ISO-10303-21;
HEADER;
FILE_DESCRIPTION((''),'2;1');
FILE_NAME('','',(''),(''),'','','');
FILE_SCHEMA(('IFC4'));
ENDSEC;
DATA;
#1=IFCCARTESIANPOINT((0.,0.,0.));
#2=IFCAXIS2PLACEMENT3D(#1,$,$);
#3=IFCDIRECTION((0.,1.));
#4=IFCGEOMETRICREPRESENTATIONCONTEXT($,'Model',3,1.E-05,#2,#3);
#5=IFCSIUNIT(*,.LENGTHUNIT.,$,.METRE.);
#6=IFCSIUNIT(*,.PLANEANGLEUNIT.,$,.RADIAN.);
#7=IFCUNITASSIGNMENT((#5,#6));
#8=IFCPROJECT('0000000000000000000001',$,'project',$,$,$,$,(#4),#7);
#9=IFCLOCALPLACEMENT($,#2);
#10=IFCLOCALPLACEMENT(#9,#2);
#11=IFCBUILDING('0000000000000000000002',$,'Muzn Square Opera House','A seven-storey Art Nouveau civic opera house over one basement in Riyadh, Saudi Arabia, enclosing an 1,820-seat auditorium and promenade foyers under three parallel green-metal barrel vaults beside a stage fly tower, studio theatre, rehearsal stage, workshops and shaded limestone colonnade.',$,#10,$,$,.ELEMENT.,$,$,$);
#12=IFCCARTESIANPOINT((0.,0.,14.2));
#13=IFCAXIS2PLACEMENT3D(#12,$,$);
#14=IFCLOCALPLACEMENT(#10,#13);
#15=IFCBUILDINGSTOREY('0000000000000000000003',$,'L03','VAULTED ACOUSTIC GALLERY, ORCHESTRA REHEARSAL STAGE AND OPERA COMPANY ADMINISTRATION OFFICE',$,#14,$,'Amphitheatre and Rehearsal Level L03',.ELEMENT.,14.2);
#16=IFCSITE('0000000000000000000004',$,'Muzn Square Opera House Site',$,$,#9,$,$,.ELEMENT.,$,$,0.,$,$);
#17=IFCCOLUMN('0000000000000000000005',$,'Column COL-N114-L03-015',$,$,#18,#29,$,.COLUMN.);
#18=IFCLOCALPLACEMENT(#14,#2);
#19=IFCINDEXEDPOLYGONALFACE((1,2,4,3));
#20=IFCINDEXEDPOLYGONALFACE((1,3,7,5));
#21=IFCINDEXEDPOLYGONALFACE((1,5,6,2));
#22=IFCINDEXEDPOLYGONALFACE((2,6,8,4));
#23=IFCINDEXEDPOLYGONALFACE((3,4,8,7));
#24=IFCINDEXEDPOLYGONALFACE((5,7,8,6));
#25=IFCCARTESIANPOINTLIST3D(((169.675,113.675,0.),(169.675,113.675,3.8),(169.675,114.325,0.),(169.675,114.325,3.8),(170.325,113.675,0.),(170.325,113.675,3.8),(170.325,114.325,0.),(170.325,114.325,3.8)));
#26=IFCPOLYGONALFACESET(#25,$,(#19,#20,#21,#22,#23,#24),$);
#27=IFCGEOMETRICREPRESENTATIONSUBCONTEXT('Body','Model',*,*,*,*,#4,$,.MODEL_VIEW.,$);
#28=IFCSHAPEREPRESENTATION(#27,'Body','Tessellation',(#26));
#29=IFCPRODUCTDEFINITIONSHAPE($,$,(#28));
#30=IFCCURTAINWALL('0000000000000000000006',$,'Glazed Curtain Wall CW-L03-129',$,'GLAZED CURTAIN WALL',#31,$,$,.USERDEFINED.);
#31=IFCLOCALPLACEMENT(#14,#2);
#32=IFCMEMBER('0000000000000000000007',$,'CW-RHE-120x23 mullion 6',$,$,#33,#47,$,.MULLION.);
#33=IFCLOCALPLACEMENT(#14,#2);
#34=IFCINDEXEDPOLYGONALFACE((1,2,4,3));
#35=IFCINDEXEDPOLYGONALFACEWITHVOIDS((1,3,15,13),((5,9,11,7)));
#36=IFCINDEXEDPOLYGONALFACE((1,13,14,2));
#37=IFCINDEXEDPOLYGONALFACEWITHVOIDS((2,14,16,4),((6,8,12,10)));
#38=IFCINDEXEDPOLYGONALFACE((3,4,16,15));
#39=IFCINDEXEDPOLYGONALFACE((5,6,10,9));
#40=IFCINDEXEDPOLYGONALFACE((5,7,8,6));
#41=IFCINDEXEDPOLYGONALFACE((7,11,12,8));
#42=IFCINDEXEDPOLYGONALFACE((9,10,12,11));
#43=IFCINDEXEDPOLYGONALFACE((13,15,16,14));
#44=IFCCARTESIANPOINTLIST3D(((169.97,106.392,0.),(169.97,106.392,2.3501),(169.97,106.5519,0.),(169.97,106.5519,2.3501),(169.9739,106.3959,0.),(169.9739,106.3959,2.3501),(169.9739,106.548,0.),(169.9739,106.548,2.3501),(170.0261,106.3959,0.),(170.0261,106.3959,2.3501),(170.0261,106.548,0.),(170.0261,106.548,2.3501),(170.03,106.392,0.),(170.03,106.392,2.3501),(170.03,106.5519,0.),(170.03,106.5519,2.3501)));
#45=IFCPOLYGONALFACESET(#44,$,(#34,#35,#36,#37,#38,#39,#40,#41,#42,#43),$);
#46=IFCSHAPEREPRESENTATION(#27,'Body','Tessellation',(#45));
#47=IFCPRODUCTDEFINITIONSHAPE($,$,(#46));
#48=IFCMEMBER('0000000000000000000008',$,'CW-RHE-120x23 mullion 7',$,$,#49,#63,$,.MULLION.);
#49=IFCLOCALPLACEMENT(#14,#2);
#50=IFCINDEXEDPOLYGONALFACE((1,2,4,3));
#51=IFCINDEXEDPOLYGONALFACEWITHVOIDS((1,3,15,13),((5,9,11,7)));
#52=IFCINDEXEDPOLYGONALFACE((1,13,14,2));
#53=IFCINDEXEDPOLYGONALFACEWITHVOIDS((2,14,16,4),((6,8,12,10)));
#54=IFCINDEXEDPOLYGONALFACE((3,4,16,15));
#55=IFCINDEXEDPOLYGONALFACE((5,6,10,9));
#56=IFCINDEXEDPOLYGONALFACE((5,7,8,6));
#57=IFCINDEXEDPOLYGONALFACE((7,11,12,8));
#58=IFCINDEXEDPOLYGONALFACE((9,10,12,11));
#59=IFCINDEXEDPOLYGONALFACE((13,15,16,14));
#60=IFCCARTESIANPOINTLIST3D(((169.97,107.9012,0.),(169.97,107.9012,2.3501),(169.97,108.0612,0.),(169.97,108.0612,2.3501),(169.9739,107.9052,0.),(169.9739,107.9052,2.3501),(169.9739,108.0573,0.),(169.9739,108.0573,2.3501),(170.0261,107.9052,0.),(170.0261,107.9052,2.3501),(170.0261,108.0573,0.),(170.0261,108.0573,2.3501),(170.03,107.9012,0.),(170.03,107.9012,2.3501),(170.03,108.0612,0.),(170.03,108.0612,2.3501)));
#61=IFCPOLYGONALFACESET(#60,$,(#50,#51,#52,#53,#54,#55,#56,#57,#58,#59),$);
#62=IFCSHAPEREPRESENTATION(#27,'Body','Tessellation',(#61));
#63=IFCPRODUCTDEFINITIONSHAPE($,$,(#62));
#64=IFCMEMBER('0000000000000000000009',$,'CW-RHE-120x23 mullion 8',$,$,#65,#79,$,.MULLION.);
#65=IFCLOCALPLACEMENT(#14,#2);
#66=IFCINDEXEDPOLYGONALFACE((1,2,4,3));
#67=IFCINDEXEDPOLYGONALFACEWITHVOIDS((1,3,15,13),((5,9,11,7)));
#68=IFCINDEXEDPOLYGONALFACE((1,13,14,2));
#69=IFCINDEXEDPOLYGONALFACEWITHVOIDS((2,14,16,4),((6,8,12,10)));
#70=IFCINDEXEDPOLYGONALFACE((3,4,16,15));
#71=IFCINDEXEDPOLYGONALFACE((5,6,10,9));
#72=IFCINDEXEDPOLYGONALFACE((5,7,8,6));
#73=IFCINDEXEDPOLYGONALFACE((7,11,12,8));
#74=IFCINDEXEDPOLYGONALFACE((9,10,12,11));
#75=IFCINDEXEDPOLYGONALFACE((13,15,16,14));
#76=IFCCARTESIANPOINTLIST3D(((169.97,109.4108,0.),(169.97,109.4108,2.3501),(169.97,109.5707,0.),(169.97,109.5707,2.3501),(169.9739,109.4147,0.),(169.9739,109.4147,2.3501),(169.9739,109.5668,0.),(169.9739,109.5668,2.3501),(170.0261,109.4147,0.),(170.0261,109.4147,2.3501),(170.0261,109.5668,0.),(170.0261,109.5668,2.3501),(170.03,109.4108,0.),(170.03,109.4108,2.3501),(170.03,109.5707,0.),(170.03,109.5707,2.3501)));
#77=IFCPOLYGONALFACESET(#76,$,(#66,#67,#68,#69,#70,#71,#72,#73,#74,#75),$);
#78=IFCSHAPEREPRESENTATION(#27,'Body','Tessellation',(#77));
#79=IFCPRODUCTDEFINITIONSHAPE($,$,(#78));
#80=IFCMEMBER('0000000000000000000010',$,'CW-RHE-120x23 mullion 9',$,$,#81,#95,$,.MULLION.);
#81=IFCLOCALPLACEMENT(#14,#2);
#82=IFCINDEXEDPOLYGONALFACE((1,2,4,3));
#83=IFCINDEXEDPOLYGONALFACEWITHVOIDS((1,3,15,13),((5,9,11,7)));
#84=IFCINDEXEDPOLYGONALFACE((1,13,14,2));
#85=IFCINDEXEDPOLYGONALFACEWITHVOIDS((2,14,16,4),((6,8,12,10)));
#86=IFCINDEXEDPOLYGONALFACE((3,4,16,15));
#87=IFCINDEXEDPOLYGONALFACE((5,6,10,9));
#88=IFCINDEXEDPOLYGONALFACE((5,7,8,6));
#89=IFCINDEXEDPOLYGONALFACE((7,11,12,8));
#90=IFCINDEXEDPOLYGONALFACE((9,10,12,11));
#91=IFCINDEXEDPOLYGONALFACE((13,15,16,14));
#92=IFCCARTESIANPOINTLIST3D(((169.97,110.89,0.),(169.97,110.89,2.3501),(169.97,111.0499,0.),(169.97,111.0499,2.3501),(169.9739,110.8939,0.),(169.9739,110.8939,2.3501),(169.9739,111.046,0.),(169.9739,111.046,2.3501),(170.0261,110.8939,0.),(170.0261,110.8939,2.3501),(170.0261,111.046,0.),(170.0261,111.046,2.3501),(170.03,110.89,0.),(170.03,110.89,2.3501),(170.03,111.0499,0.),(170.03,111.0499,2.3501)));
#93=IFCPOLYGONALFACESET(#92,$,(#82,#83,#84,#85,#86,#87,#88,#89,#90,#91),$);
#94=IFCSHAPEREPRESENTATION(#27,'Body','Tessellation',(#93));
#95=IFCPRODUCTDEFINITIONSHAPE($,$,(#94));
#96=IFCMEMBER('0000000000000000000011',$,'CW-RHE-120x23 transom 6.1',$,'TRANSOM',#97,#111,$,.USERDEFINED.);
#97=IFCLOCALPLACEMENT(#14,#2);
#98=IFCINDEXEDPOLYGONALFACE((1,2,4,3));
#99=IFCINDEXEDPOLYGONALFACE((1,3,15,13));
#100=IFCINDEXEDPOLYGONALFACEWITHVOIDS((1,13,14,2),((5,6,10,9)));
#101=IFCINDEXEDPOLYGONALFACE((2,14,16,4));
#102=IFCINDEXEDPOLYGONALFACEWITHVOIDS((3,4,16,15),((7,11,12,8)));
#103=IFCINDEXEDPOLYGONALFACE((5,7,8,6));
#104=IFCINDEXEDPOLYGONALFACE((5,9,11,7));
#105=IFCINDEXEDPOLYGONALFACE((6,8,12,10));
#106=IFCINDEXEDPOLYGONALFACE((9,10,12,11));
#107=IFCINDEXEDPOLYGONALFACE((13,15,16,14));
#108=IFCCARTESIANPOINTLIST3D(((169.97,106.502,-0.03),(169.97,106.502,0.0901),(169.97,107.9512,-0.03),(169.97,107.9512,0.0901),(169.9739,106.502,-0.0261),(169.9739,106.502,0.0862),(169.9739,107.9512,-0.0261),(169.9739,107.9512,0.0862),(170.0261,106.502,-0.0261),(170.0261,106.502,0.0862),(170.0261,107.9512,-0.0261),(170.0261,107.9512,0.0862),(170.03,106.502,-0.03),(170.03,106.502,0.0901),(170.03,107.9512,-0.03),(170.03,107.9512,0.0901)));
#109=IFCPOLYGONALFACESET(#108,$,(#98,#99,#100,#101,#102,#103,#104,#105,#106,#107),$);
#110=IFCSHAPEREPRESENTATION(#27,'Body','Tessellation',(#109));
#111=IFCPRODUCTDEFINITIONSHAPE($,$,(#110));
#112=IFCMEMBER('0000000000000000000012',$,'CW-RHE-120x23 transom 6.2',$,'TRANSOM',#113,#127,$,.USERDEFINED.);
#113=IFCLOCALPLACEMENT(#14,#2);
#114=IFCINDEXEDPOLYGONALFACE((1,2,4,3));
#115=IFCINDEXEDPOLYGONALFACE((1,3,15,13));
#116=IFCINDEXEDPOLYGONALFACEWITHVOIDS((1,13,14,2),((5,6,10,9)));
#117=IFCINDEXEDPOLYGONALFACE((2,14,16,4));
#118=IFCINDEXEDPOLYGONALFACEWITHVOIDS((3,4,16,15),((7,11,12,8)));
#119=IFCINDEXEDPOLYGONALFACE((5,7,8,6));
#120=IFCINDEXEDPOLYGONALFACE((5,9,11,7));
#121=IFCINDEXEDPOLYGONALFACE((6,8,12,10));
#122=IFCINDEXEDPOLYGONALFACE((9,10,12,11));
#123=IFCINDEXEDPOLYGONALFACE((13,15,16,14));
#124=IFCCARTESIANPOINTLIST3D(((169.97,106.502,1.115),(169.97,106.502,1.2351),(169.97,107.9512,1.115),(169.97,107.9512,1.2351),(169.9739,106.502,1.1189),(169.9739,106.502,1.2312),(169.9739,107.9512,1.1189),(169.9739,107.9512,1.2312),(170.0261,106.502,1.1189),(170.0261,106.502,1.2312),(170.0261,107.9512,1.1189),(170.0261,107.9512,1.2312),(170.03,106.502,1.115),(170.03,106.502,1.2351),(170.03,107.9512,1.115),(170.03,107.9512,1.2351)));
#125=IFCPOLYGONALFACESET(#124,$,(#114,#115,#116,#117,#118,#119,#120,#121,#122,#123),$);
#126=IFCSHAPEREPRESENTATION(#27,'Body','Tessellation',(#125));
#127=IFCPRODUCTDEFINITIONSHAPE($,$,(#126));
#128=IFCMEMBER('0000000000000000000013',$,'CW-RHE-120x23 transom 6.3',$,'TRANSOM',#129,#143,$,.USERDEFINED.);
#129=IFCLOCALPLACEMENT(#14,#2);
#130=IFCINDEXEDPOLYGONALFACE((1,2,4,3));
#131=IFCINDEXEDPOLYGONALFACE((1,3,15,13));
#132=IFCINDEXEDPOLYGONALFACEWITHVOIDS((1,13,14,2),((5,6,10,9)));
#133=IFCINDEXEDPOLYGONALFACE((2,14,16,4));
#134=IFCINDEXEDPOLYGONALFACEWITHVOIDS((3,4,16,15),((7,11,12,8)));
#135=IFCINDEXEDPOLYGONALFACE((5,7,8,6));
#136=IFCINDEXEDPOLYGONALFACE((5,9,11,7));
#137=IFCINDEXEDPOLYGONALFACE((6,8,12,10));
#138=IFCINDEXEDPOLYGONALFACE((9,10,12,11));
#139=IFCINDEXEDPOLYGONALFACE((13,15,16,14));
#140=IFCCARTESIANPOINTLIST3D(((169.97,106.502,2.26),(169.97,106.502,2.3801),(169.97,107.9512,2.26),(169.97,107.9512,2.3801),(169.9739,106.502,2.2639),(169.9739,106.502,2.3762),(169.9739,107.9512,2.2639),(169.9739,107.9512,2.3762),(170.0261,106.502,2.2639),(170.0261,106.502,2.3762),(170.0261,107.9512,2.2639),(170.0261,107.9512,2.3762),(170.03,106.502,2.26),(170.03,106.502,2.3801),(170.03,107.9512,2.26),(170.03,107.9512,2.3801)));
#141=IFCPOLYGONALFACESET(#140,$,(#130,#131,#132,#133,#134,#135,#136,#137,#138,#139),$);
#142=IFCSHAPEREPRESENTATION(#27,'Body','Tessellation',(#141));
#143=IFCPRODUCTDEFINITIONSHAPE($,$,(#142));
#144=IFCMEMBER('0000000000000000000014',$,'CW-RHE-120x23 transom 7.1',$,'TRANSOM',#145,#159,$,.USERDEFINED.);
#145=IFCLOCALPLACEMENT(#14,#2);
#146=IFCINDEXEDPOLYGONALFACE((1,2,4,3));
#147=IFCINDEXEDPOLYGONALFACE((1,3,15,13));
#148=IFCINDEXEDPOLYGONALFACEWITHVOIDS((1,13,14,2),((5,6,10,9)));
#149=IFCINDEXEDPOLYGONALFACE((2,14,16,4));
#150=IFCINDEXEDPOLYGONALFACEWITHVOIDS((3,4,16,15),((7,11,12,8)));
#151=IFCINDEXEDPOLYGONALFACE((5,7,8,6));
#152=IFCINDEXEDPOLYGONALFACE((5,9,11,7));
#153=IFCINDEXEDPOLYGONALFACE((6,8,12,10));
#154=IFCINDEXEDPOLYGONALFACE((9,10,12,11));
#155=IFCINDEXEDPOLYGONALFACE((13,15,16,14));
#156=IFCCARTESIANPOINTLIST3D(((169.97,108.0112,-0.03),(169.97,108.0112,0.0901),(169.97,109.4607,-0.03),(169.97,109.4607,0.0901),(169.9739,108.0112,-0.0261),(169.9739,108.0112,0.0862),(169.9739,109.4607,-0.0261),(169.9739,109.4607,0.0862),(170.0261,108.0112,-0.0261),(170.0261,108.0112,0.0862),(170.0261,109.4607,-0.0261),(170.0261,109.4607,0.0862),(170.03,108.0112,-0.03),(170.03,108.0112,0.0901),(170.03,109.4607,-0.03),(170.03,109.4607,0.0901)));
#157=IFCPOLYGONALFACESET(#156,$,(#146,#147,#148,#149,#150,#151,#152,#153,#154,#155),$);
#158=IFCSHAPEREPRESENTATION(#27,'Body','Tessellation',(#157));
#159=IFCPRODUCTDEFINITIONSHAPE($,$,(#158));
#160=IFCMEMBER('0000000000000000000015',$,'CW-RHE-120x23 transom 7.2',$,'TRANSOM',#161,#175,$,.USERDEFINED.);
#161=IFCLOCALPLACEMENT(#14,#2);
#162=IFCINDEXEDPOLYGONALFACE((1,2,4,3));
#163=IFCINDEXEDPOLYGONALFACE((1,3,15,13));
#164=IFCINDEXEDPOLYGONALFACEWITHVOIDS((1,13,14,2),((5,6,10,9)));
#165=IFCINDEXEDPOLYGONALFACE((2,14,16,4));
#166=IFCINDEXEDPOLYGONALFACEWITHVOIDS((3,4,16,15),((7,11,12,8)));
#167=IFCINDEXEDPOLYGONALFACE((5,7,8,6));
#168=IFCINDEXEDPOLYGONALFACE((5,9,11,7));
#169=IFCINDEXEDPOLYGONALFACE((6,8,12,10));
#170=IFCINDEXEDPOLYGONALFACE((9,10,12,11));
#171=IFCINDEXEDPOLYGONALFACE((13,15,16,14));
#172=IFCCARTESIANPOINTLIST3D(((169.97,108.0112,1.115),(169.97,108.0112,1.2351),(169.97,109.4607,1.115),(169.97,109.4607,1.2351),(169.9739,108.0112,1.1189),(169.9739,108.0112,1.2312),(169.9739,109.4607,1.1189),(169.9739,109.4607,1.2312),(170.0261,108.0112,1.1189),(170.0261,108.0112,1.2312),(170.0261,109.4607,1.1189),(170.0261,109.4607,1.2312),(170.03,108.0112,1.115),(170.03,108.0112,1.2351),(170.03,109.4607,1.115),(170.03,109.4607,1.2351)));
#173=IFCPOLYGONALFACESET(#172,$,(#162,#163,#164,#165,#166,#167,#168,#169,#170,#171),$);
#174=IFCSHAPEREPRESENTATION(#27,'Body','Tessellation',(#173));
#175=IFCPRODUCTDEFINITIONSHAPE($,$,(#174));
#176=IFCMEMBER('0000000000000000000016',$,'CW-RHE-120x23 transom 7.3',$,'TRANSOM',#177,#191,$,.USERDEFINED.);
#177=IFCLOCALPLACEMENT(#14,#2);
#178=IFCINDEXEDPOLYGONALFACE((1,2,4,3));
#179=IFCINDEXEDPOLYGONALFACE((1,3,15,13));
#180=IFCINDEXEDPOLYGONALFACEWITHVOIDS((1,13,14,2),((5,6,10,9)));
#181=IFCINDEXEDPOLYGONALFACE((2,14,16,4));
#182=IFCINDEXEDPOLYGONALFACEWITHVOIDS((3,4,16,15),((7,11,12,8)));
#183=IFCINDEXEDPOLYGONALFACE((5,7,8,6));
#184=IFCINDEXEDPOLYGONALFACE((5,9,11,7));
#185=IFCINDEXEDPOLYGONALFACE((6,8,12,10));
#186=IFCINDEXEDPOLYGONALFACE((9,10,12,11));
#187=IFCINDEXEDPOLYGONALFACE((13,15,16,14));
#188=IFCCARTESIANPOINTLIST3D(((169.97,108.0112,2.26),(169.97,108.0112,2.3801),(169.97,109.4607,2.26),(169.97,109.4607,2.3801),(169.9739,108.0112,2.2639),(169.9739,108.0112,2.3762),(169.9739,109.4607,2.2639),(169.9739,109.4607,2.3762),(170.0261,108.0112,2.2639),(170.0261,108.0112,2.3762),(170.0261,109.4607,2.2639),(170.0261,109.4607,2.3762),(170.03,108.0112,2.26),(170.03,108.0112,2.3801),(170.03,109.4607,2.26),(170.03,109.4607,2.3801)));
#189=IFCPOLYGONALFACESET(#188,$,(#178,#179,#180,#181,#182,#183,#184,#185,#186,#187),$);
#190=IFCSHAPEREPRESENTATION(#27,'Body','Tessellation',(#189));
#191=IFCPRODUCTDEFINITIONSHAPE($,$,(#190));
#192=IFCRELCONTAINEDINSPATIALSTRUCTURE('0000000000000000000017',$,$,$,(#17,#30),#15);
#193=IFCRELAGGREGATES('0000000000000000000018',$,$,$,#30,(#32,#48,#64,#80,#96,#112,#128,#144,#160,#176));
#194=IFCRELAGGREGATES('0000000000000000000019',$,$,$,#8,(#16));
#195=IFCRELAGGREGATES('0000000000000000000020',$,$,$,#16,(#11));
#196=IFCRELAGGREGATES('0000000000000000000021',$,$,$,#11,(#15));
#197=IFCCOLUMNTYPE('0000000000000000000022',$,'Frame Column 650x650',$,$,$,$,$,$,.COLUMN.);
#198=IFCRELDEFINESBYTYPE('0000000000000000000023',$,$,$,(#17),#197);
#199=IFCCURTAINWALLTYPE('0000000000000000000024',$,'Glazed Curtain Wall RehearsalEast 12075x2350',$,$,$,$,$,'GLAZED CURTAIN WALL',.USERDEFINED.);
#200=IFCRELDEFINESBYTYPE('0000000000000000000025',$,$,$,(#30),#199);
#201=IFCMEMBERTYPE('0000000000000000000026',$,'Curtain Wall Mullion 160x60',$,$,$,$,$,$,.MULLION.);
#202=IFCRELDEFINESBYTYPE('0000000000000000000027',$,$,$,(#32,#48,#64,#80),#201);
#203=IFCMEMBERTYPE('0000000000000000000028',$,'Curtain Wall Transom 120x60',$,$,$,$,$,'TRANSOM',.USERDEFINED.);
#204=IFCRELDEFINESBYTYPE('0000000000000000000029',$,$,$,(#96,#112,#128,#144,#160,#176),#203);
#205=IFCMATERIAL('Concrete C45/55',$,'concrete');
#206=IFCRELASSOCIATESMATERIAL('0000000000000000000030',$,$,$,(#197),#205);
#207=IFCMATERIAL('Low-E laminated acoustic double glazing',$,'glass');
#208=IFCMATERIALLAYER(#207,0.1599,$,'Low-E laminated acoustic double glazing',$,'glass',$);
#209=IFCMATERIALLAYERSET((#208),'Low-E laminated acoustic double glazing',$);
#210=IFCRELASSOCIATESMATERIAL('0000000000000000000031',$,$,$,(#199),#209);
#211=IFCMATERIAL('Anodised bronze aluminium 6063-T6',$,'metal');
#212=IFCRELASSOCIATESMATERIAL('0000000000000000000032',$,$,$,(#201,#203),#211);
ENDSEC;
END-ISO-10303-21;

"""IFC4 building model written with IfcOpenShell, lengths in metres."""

from ifc_helpers import new_model, si_unit, direction, frame, origin, origin_2d, place, context, subcontext, project, spatial, rectangle, hollow_rectangle, extrude, material, layer, layer_set, material_profile, profile_set, type_object, element, aggregate, save


model = new_model("IFC4")

# Units and contexts
model_context = context("Model", 3, precision=1e-05, world=origin(), true_north=direction((0.0, 1.0)))
body_context = subcontext(model_context, "Body", "Model", "MODEL_VIEW")
ifc_project = project(units=[si_unit("LENGTHUNIT", "METRE"), si_unit("PLANEANGLEUNIT", "RADIAN")], contexts=[model_context])

# Site, building, storey
site_placement = place(None, origin())
site = spatial("IfcSite", under=ifc_project, at=site_placement, Name="Muzn Square Opera House Site", CompositionType="ELEMENT", RefElevation=0.0)
building_placement = place(site_placement, origin())
building = spatial("IfcBuilding", under=site, at=building_placement, Name="Muzn Square Opera House", Description="A seven-storey Art Nouveau civic opera house over one basement in Riyadh, Saudi Arabia, enclosing an 1,820-seat auditorium and promenade foyers under three parallel green-metal barrel vaults beside a stage fly tower, studio theatre, rehearsal stage, workshops and shaded limestone colonnade.", CompositionType="ELEMENT")
storey_placement = place(building_placement, frame((0.0, 0.0, 14.2)))
storey = spatial("IfcBuildingStorey", under=building, at=storey_placement, Name="L03", Description="VAULTED ACOUSTIC GALLERY, ORCHESTRA REHEARSAL STAGE AND OPERA COMPANY ADMINISTRATION OFFICE", LongName="Amphitheatre and Rehearsal Level L03", CompositionType="ELEMENT", Elevation=14.2)

# Column
ifc_material_1 = material(Name="Concrete C45/55", Category="concrete")
ifc_material_profile_1 = material_profile(ifc_material_1, rectangle(XDim=0.6499, YDim=0.6499, at=origin_2d()), Name="RC 650x650", Category="concrete")
ifc_profile_set_1 = profile_set([ifc_material_profile_1], Name="Concrete C45/55")
column_type = type_object("IfcColumnType", Name="Frame Column 650x650", PredefinedType="COLUMN", material=ifc_profile_set_1)
column_placement = place(storey_placement, frame((170.0, 114.0, 0.0), z_axis=(0.0, 0.0, 1.0), x_axis=(1.0, 0.0, 0.0)))
element("IfcColumn", 1, at=column_placement, inside=storey, type_object=column_type, Name="Column COL-N114-L03-015", PredefinedType="COLUMN", context=body_context, shape_type="SweptSolid", body=[
    extrude(rectangle(XDim=0.6499, YDim=0.6499, at=origin_2d()), origin(), (0.0, 0.0, 1.0), 3.8),
])

# Curtain wall, members
ifc_material_2 = material(Name="Low-E laminated acoustic double glazing", Category="glass")
ifc_layer_1 = layer(ifc_material_2, 0.1599, Name="Low-E laminated acoustic double glazing", Category="glass")
ifc_layer_set_1 = layer_set([ifc_layer_1], Name="Low-E laminated acoustic double glazing")
curtain_wall_type = type_object("IfcCurtainWallType", Name="Glazed Curtain Wall RehearsalEast 12075x2350", ElementType="GLAZED CURTAIN WALL", PredefinedType="USERDEFINED", material=ifc_layer_set_1)
curtain_wall_placement = place(storey_placement, origin())
curtain_wall = element("IfcCurtainWall", 2, at=curtain_wall_placement, inside=storey, type_object=curtain_wall_type, Name="Glazed Curtain Wall CW-L03-129", ObjectType="GLAZED CURTAIN WALL", PredefinedType="USERDEFINED")
ifc_material_3 = material(Name="Anodised bronze aluminium 6063-T6", Category="metal")
ifc_material_profile_2 = material_profile(ifc_material_3, hollow_rectangle(XDim=0.0601, YDim=0.1599, WallThickness=0.0039, at=origin_2d()), Name="ALU 160x60x4", Category="metal")
ifc_profile_set_2 = profile_set([ifc_material_profile_2], Name="Anodised bronze aluminium 6063-T6")
member_type_1 = type_object("IfcMemberType", Name="Curtain Wall Mullion 160x60", PredefinedType="MULLION", material=ifc_profile_set_2)
member_1_placement = place(storey_placement, frame((170.0, 106.4719, 0.0), z_axis=(0.0, 0.0, 1.0), x_axis=(-1.0, 0.0, 0.0)))
member_1 = element("IfcMember", 3, at=member_1_placement, type_object=member_type_1, Name="CW-RHE-120x23 mullion 6", PredefinedType="MULLION", context=body_context, shape_type="SweptSolid", body=[
    extrude(hollow_rectangle(XDim=0.0601, YDim=0.1599, WallThickness=0.0039, at=origin_2d()), origin(), (0.0, 0.0, 1.0), 2.3501),
])
member_2_placement = place(storey_placement, frame((170.0, 107.9812, 0.0), z_axis=(0.0, 0.0, 1.0), x_axis=(-1.0, 0.0, 0.0)))
member_2 = element("IfcMember", 4, at=member_2_placement, type_object=member_type_1, Name="CW-RHE-120x23 mullion 7", PredefinedType="MULLION", context=body_context, shape_type="SweptSolid", body=[
    extrude(hollow_rectangle(XDim=0.0601, YDim=0.1599, WallThickness=0.0039, at=origin_2d()), origin(), (0.0, 0.0, 1.0), 2.3501),
])
member_3_placement = place(storey_placement, frame((170.0, 109.4907, 0.0), z_axis=(0.0, 0.0, 1.0), x_axis=(-1.0, 0.0, 0.0)))
member_3 = element("IfcMember", 5, at=member_3_placement, type_object=member_type_1, Name="CW-RHE-120x23 mullion 8", PredefinedType="MULLION", context=body_context, shape_type="SweptSolid", body=[
    extrude(hollow_rectangle(XDim=0.0601, YDim=0.1599, WallThickness=0.0039, at=origin_2d()), origin(), (0.0, 0.0, 1.0), 2.3501),
])
member_4_placement = place(storey_placement, frame((170.0, 110.97, 0.0), z_axis=(0.0, 0.0, 1.0), x_axis=(-1.0, 0.0, 0.0)))
member_4 = element("IfcMember", 6, at=member_4_placement, type_object=member_type_1, Name="CW-RHE-120x23 mullion 9", PredefinedType="MULLION", context=body_context, shape_type="SweptSolid", body=[
    extrude(hollow_rectangle(XDim=0.0601, YDim=0.1599, WallThickness=0.0039, at=origin_2d()), origin(), (0.0, 0.0, 1.0), 2.3501),
])
ifc_material_profile_3 = material_profile(ifc_material_3, hollow_rectangle(XDim=0.0601, YDim=0.1201, WallThickness=0.0039, at=origin_2d()), Name="ALU 120x60x4", Category="metal")
ifc_profile_set_3 = profile_set([ifc_material_profile_3], Name="Anodised bronze aluminium 6063-T6")
member_type_2 = type_object("IfcMemberType", Name="Curtain Wall Transom 120x60", ElementType="TRANSOM", PredefinedType="USERDEFINED", material=ifc_profile_set_3)
member_5_placement = place(storey_placement, frame((170.0, 106.502, 0.03), z_axis=(0.0, 1.0, 0.0), x_axis=(-1.0, 0.0, 0.0)))
member_5 = element("IfcMember", 7, at=member_5_placement, type_object=member_type_2, Name="CW-RHE-120x23 transom 6.1", ObjectType="TRANSOM", PredefinedType="USERDEFINED", context=body_context, shape_type="SweptSolid", body=[
    extrude(hollow_rectangle(XDim=0.0601, YDim=0.1201, WallThickness=0.0039, at=origin_2d()), origin(), (0.0, 0.0, 1.0), 1.4492),
])
member_6_placement = place(storey_placement, frame((170.0, 106.502, 1.175), z_axis=(0.0, 1.0, 0.0), x_axis=(-1.0, 0.0, 0.0)))
member_6 = element("IfcMember", 8, at=member_6_placement, type_object=member_type_2, Name="CW-RHE-120x23 transom 6.2", ObjectType="TRANSOM", PredefinedType="USERDEFINED", context=body_context, shape_type="SweptSolid", body=[
    extrude(hollow_rectangle(XDim=0.0601, YDim=0.1201, WallThickness=0.0039, at=origin_2d()), origin(), (0.0, 0.0, 1.0), 1.4492),
])
member_7_placement = place(storey_placement, frame((170.0, 106.502, 2.3201), z_axis=(0.0, 1.0, 0.0), x_axis=(-1.0, 0.0, 0.0)))
member_7 = element("IfcMember", 9, at=member_7_placement, type_object=member_type_2, Name="CW-RHE-120x23 transom 6.3", ObjectType="TRANSOM", PredefinedType="USERDEFINED", context=body_context, shape_type="SweptSolid", body=[
    extrude(hollow_rectangle(XDim=0.0601, YDim=0.1201, WallThickness=0.0039, at=origin_2d()), origin(), (0.0, 0.0, 1.0), 1.4492),
])
member_8_placement = place(storey_placement, frame((170.0, 108.0112, 0.03), z_axis=(0.0, 1.0, 0.0), x_axis=(-1.0, 0.0, 0.0)))
member_8 = element("IfcMember", 10, at=member_8_placement, type_object=member_type_2, Name="CW-RHE-120x23 transom 7.1", ObjectType="TRANSOM", PredefinedType="USERDEFINED", context=body_context, shape_type="SweptSolid", body=[
    extrude(hollow_rectangle(XDim=0.0601, YDim=0.1201, WallThickness=0.0039, at=origin_2d()), origin(), (0.0, 0.0, 1.0), 1.4495),
])
member_9_placement = place(storey_placement, frame((170.0, 108.0112, 1.175), z_axis=(0.0, 1.0, 0.0), x_axis=(-1.0, 0.0, 0.0)))
member_9 = element("IfcMember", 11, at=member_9_placement, type_object=member_type_2, Name="CW-RHE-120x23 transom 7.2", ObjectType="TRANSOM", PredefinedType="USERDEFINED", context=body_context, shape_type="SweptSolid", body=[
    extrude(hollow_rectangle(XDim=0.0601, YDim=0.1201, WallThickness=0.0039, at=origin_2d()), origin(), (0.0, 0.0, 1.0), 1.4495),
])
member_10_placement = place(storey_placement, frame((170.0, 108.0112, 2.3201), z_axis=(0.0, 1.0, 0.0), x_axis=(-1.0, 0.0, 0.0)))
member_10 = element("IfcMember", 12, at=member_10_placement, type_object=member_type_2, Name="CW-RHE-120x23 transom 7.3", ObjectType="TRANSOM", PredefinedType="USERDEFINED", context=body_context, shape_type="SweptSolid", body=[
    extrude(hollow_rectangle(XDim=0.0601, YDim=0.1201, WallThickness=0.0039, at=origin_2d()), origin(), (0.0, 0.0, 1.0), 1.4495),
])
aggregate(curtain_wall, [member_1, member_2, member_3, member_4, member_5, member_6, member_7, member_8, member_9, member_10])

save(model, "model.ifc")
